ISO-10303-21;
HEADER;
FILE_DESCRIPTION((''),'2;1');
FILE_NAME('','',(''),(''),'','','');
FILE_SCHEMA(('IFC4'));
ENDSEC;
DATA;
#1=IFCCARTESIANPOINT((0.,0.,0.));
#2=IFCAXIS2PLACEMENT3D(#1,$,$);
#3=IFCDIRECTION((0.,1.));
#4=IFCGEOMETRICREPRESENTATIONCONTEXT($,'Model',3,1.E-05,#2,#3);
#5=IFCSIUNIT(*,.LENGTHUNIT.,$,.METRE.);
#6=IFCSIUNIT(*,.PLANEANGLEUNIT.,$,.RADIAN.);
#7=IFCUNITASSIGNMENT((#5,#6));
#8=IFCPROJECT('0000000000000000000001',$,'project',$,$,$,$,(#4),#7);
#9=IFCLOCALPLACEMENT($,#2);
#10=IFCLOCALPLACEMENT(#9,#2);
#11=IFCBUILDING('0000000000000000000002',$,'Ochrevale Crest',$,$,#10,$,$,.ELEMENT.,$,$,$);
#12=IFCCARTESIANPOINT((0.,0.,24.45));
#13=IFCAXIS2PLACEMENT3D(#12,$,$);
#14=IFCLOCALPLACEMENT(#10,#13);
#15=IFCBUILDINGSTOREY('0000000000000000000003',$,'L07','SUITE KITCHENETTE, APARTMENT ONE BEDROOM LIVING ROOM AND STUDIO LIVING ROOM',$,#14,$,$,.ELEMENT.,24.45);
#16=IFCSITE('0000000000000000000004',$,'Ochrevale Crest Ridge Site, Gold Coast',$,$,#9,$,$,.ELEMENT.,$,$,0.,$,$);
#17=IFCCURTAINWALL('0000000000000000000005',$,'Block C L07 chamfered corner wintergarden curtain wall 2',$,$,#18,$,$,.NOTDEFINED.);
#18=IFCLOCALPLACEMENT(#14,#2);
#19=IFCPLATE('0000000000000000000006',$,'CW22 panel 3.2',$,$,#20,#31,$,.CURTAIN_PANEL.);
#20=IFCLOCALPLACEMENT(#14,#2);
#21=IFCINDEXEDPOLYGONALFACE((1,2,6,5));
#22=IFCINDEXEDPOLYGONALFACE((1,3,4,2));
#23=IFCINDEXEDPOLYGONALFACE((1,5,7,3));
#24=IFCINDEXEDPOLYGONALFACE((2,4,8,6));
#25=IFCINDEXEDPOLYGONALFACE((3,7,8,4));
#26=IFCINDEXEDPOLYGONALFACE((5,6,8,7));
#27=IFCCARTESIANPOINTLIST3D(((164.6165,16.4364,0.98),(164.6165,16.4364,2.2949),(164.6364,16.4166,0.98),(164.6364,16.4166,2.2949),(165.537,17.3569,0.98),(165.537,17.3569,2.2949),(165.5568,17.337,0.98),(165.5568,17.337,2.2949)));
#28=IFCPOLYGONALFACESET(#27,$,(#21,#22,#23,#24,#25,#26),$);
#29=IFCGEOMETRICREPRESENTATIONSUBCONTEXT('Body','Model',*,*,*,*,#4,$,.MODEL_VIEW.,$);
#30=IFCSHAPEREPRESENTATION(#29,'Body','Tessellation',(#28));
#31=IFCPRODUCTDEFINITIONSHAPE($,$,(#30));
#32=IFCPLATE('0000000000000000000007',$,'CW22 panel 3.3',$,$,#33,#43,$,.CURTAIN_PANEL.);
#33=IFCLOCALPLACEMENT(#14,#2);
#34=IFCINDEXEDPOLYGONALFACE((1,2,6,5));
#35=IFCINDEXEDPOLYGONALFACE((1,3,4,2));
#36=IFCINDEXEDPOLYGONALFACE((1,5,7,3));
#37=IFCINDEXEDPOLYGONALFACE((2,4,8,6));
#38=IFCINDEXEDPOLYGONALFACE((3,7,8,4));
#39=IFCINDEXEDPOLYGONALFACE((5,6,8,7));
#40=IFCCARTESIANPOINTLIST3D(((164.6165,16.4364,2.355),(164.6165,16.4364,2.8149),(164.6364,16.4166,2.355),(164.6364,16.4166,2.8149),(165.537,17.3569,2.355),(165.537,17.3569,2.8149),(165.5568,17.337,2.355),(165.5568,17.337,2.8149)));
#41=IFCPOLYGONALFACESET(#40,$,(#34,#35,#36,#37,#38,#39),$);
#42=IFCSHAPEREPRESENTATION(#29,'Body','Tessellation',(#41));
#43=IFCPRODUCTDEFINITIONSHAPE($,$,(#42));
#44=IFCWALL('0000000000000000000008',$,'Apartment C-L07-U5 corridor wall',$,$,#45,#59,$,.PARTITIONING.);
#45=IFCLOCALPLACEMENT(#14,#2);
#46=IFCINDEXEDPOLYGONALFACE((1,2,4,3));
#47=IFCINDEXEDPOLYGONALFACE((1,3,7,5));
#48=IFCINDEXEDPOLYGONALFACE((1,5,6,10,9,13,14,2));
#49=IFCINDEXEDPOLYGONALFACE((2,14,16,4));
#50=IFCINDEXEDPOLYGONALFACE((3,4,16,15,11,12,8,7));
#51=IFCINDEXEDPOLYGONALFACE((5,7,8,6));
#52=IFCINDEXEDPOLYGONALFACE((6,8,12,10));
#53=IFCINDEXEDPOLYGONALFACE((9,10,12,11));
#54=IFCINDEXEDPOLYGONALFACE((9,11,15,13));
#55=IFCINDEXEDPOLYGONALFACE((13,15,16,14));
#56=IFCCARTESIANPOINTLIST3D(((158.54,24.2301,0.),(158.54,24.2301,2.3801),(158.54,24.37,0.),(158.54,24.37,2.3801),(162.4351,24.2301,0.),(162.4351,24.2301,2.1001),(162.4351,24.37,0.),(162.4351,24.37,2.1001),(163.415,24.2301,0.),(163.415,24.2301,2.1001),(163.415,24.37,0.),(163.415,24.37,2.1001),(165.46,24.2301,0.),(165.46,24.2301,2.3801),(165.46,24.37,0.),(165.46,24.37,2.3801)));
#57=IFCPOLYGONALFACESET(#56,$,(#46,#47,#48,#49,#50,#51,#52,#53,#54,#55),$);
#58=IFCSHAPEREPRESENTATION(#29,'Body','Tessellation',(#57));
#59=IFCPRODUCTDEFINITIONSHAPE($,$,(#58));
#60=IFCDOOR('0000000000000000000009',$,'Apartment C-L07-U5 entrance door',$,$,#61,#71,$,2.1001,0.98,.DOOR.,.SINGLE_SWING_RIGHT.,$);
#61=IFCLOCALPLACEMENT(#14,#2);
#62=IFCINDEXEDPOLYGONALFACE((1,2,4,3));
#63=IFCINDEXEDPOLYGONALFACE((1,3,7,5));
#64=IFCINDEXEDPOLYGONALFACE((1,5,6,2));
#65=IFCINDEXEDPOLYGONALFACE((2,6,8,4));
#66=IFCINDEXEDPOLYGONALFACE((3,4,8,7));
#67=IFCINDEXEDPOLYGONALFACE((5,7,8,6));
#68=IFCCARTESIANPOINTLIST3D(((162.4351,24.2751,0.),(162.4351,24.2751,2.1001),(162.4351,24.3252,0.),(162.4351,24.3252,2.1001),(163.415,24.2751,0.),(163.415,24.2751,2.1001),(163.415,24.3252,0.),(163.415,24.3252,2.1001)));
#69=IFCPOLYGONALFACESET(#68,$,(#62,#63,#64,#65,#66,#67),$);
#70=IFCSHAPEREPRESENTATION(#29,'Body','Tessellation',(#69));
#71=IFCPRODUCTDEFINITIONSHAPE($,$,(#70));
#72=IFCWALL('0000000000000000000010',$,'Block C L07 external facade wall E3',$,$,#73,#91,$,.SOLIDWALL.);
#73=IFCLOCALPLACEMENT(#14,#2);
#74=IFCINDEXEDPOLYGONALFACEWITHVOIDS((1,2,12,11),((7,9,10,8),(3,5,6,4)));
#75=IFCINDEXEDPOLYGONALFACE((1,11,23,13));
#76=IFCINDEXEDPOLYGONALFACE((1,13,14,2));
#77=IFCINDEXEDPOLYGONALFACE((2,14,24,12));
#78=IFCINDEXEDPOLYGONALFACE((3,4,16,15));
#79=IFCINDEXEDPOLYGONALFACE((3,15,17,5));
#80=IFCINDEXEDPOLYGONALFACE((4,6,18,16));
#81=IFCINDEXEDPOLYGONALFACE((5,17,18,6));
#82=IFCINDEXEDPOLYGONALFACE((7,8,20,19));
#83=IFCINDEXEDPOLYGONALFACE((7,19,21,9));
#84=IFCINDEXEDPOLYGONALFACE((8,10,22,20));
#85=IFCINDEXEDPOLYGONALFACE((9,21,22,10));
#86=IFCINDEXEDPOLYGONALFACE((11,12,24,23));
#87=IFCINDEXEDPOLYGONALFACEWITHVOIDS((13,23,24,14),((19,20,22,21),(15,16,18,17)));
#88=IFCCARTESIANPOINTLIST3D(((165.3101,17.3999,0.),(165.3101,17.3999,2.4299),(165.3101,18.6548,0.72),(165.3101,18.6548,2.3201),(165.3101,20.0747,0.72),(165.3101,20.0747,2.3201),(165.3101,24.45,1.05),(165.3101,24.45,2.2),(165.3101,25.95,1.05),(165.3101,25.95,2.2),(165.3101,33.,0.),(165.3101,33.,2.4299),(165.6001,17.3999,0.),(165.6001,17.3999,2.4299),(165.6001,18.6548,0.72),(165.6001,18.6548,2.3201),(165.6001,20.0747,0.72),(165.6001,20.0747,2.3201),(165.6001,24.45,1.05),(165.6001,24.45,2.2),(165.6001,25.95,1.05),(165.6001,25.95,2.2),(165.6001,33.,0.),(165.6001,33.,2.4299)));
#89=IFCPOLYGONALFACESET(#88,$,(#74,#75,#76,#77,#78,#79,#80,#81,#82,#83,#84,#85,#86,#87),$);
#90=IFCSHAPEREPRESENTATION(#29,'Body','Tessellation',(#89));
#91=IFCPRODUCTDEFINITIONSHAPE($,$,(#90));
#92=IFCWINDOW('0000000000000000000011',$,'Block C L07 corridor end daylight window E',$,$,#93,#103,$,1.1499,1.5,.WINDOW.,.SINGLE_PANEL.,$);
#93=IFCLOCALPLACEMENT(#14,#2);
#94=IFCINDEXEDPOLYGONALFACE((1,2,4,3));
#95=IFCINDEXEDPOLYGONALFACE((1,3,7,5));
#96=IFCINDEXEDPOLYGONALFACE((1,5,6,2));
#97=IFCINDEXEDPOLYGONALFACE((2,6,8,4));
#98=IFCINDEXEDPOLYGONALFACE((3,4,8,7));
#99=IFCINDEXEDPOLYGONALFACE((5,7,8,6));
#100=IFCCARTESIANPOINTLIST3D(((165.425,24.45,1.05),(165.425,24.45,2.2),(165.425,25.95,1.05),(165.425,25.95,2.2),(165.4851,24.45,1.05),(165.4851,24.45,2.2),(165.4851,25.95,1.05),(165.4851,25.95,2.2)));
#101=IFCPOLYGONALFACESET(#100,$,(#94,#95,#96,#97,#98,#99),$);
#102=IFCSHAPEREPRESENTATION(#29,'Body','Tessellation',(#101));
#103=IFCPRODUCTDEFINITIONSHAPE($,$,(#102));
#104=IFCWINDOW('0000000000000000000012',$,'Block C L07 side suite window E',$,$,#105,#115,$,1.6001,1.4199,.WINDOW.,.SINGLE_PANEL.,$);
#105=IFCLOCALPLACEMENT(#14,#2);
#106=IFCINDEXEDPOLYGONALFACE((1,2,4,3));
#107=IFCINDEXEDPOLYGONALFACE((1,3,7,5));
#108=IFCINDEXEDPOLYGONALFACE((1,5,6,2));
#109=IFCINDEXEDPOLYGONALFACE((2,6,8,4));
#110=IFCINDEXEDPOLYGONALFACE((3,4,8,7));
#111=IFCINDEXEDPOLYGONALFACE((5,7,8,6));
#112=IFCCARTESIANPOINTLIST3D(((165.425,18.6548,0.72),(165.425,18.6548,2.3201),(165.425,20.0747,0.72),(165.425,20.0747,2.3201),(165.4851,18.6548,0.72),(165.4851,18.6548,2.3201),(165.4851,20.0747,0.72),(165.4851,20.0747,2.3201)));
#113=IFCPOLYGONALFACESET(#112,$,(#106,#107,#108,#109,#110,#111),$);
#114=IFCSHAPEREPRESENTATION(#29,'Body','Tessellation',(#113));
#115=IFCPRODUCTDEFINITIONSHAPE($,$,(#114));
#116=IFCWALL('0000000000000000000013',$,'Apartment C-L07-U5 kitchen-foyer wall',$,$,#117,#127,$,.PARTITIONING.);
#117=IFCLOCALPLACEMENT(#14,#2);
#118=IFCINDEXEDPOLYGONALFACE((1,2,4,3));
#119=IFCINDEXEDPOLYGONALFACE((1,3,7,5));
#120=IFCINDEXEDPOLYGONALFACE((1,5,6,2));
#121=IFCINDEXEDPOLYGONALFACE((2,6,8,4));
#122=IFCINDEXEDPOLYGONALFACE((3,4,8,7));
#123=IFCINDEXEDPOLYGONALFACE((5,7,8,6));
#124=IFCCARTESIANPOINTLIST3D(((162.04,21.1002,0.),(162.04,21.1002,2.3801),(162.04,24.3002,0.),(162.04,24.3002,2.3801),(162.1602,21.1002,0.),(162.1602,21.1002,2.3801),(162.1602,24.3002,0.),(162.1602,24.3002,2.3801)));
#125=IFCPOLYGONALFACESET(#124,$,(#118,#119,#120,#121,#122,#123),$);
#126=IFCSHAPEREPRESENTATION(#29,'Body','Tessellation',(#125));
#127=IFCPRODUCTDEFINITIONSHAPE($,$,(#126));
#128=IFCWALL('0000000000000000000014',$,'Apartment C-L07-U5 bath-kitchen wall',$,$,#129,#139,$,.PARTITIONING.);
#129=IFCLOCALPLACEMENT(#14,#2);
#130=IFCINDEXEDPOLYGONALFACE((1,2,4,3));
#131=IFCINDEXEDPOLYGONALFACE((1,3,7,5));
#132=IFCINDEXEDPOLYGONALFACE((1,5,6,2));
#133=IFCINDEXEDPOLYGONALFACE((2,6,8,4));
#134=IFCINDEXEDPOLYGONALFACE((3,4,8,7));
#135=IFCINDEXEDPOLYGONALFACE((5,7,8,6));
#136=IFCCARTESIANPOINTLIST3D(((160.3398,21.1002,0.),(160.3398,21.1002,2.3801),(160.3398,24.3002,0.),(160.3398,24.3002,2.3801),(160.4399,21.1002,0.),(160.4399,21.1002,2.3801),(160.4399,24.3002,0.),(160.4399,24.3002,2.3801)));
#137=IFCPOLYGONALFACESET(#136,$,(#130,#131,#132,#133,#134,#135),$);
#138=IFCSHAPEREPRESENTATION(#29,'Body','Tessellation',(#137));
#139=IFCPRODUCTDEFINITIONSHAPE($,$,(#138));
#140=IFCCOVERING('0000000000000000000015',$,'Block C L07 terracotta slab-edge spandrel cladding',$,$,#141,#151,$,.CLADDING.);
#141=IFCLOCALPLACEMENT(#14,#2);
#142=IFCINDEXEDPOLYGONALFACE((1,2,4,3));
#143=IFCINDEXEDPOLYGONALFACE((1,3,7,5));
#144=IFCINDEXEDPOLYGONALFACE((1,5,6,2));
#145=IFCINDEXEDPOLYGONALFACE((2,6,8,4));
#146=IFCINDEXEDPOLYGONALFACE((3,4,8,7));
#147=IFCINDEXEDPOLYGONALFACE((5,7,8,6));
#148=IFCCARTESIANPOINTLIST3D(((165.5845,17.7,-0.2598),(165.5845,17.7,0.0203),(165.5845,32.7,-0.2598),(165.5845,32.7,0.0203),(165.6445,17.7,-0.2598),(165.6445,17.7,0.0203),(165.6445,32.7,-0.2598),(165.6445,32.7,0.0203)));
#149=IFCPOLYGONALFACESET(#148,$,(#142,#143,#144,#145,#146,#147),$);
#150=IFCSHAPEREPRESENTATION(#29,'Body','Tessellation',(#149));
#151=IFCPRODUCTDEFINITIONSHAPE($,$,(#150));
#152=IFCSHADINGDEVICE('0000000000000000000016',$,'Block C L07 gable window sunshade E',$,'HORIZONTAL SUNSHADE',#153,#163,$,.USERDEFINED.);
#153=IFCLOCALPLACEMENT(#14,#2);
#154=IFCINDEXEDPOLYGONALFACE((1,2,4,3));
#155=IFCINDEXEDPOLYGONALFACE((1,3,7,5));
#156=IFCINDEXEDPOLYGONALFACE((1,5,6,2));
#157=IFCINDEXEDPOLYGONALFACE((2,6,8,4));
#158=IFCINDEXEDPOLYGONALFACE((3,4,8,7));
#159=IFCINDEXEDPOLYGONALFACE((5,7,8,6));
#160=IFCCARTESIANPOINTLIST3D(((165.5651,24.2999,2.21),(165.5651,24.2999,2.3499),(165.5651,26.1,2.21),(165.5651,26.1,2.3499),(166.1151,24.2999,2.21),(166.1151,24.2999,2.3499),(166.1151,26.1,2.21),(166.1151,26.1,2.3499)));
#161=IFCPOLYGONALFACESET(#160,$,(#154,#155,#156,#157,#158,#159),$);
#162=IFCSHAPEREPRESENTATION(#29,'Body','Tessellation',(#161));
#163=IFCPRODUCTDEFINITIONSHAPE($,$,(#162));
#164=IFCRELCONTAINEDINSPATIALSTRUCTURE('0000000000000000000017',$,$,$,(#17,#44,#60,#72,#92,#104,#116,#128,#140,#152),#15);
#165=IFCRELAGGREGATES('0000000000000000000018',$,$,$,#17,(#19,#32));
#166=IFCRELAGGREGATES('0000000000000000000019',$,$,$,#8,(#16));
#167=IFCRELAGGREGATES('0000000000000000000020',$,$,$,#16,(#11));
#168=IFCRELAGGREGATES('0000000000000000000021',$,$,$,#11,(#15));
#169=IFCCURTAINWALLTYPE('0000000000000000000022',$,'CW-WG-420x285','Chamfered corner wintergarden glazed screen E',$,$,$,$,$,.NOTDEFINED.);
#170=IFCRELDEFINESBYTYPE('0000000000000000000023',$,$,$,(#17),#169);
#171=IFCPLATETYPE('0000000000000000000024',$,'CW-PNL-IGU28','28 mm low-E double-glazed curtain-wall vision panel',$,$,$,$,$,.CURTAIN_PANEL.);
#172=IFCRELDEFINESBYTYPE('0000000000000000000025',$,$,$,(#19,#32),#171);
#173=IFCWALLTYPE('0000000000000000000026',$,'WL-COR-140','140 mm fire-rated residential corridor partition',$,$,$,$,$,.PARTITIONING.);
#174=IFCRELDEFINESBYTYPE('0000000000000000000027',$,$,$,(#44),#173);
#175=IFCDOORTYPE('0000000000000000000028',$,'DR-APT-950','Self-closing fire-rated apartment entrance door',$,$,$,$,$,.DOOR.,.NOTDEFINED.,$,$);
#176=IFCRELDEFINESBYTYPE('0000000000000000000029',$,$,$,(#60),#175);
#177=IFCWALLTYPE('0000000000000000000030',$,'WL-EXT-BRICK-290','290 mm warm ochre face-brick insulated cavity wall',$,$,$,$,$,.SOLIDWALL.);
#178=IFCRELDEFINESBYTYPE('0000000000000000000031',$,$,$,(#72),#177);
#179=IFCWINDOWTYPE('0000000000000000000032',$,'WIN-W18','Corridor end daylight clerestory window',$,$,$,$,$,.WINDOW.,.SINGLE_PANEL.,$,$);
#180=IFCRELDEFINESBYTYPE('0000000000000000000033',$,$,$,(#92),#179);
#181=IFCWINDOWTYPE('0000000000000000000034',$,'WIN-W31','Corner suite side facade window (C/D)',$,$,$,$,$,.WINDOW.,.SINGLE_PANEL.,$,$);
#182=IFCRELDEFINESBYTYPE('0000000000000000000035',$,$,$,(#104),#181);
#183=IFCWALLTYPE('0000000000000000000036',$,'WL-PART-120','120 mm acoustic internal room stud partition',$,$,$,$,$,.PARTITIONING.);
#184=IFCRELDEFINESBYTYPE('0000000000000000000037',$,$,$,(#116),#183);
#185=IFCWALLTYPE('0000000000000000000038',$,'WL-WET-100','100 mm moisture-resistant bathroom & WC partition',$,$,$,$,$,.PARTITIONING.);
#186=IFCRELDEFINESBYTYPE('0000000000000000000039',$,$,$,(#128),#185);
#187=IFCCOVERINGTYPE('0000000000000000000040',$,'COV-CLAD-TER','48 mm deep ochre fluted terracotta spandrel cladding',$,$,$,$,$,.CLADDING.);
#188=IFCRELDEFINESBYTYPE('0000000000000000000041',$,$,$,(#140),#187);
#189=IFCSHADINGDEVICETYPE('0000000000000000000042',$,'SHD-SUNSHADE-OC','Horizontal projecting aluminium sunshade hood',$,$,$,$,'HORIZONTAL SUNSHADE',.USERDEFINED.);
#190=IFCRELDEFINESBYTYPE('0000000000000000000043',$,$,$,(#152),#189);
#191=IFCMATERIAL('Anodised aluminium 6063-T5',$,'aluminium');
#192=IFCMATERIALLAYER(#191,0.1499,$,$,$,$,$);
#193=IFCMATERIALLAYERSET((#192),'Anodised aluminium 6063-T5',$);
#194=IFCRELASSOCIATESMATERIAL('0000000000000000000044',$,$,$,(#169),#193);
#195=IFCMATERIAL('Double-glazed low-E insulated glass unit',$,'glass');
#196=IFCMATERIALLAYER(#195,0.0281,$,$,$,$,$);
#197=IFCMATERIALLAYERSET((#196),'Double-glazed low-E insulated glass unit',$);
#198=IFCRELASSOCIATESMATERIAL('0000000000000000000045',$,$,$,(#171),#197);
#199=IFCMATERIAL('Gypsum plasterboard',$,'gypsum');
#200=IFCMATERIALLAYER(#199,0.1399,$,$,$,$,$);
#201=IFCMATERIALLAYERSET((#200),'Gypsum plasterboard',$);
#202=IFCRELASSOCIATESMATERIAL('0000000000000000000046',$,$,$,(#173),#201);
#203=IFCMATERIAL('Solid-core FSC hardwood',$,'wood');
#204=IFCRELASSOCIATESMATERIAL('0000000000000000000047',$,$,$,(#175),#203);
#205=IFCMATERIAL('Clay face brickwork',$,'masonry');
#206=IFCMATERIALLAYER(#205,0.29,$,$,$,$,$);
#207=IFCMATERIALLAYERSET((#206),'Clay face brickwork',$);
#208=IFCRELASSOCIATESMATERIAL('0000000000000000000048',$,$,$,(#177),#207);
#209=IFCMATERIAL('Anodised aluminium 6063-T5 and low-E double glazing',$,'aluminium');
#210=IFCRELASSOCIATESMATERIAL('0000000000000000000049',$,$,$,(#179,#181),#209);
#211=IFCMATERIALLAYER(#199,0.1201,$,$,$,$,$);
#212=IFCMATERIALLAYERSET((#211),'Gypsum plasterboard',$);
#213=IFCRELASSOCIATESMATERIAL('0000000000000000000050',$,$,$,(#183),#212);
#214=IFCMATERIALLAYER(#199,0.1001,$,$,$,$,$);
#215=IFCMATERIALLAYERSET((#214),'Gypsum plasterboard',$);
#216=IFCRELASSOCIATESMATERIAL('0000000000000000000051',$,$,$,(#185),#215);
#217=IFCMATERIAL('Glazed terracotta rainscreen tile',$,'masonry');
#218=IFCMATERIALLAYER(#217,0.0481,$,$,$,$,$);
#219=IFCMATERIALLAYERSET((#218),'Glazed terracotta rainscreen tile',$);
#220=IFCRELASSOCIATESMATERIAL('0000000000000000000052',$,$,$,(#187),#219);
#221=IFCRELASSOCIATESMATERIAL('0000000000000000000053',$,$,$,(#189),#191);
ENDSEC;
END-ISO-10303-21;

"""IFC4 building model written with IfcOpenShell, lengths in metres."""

from ifc_helpers import new_model, si_unit, direction, frame, frame_2d, origin, origin_2d, place, context, subcontext, project, spatial, rectangle, extrude, material, layer, layer_set, type_object, element, fill, aggregate, save


model = new_model("IFC4")

# Units and contexts
model_context = context("Model", 3, precision=1e-05, world=origin(), true_north=direction((0.0, 1.0)))
body_context = subcontext(model_context, "Body", "Model", "MODEL_VIEW")
ifc_project = project(units=[si_unit("LENGTHUNIT", "METRE"), si_unit("PLANEANGLEUNIT", "RADIAN")], contexts=[model_context])

# Site, building, storey
site_placement = place(None, origin())
site = spatial("IfcSite", under=ifc_project, at=site_placement, Name="Ochrevale Crest Ridge Site, Gold Coast", CompositionType="ELEMENT", RefElevation=0.0)
building_placement = place(site_placement, origin())
building = spatial("IfcBuilding", under=site, at=building_placement, Name="Ochrevale Crest", CompositionType="ELEMENT")
storey_placement = place(building_placement, frame((0.0, 0.0, 24.45)))
storey = spatial("IfcBuildingStorey", under=building, at=storey_placement, Name="L07", Description="SUITE KITCHENETTE, APARTMENT ONE BEDROOM LIVING ROOM AND STUDIO LIVING ROOM", CompositionType="ELEMENT", Elevation=24.45)

# Curtain wall, plates
ifc_material_1 = material(Name="Anodised aluminium 6063-T5", Category="aluminium")
ifc_layer_1 = layer(ifc_material_1, 0.1499)
ifc_layer_set_1 = layer_set([ifc_layer_1], Name="Anodised aluminium 6063-T5")
curtain_wall_type = type_object("IfcCurtainWallType", Name="CW-WG-420x285", Description="Chamfered corner wintergarden glazed screen E", PredefinedType="NOTDEFINED", material=ifc_layer_set_1)
curtain_wall_placement = place(storey_placement, origin())
curtain_wall = element("IfcCurtainWall", 1, at=curtain_wall_placement, inside=storey, type_object=curtain_wall_type, Name="Block C L07 chamfered corner wintergarden curtain wall 2", PredefinedType="NOTDEFINED")
ifc_material_2 = material(Name="Double-glazed low-E insulated glass unit", Category="glass")
ifc_layer_2 = layer(ifc_material_2, 0.0281)
ifc_layer_set_2 = layer_set([ifc_layer_2], Name="Double-glazed low-E insulated glass unit")
plate_type = type_object("IfcPlateType", Name="CW-PNL-IGU28", Description="28 mm low-E double-glazed curtain-wall vision panel", PredefinedType="CURTAIN_PANEL", material=ifc_layer_set_2)
plate_1_placement = place(storey_placement, frame((165.0867, 16.8867, 0.98), z_axis=(0.0, 0.0, 1.0), x_axis=(0.707107, 0.707107, 0.0)))
plate_1 = element("IfcPlate", 2, at=plate_1_placement, type_object=plate_type, Name="CW22 panel 3.2", PredefinedType="CURTAIN_PANEL", context=body_context, shape_type="SweptSolid", body=[
    extrude(rectangle(XDim=1.3018, YDim=0.0281, at=origin_2d()), origin(), (0.0, 0.0, 1.0), 1.3149),
])
plate_2_placement = place(storey_placement, frame((165.0867, 16.8867, 2.355), z_axis=(0.0, 0.0, 1.0), x_axis=(0.707107, 0.707107, 0.0)))
plate_2 = element("IfcPlate", 3, at=plate_2_placement, type_object=plate_type, Name="CW22 panel 3.3", PredefinedType="CURTAIN_PANEL", context=body_context, shape_type="SweptSolid", body=[
    extrude(rectangle(XDim=1.3018, YDim=0.0281, at=origin_2d()), origin(), (0.0, 0.0, 1.0), 0.46),
])
aggregate(curtain_wall, [plate_1, plate_2])

# Wall, opening, door
ifc_material_3 = material(Name="Gypsum plasterboard", Category="gypsum")
ifc_layer_3 = layer(ifc_material_3, 0.1399)
ifc_layer_set_3 = layer_set([ifc_layer_3], Name="Gypsum plasterboard")
wall_type_1 = type_object("IfcWallType", Name="WL-COR-140", Description="140 mm fire-rated residential corridor partition", PredefinedType="PARTITIONING", material=ifc_layer_set_3)
wall_1_placement = place(storey_placement, frame((158.54, 24.3, 0.0), z_axis=(0.0, 0.0, 1.0), x_axis=(1.0, 0.0, 0.0)))
wall_1 = element("IfcWall", 4, at=wall_1_placement, inside=storey, type_object=wall_type_1, Name="Apartment C-L07-U5 corridor wall", PredefinedType="PARTITIONING", context=body_context, shape_type="SweptSolid", body=[
    extrude(rectangle(XDim=6.9199, YDim=0.1399, at=frame_2d((3.46, 0.0))), origin(), (0.0, 0.0, 1.0), 2.3801),
])
opening_1_placement = place(wall_1_placement, frame((4.875, 0.0, 0.0), z_axis=(0.0, 0.0, 1.0), x_axis=(-1.0, 0.0, 0.0)))
opening_1 = element("IfcOpeningElement", 5, at=opening_1_placement, cuts=wall_1, PredefinedType="OPENING", context=body_context, shape_type="SweptSolid", body=[
    extrude(rectangle(XDim=0.98, YDim=2.1001, at=frame_2d((0.49, 1.05))), frame((0.0, 0.0801, 0.0), z_axis=(0.0, -1.0, 0.0), x_axis=(1.0, 0.0, 0.0)), (0.0, 0.0, 1.0), 0.1599),
])
ifc_material_4 = material(Name="Solid-core FSC hardwood", Category="wood")
door_type = type_object("IfcDoorType", Name="DR-APT-950", Description="Self-closing fire-rated apartment entrance door", OperationType="NOTDEFINED", PredefinedType="DOOR", material=ifc_material_4)
door_placement = place(opening_1_placement, origin())
door = element("IfcDoor", 6, at=door_placement, inside=storey, type_object=door_type, Name="Apartment C-L07-U5 entrance door", OperationType="SINGLE_SWING_RIGHT", OverallHeight=2.1001, OverallWidth=0.98, PredefinedType="DOOR", context=body_context, shape_type="SweptSolid", body=[
    extrude(rectangle(XDim=0.98, YDim=2.1001, at=frame_2d((0.49, 1.05))), frame((0.0, 0.0249, 0.0), z_axis=(0.0, -1.0, 0.0), x_axis=(1.0, 0.0, 0.0)), (0.0, 0.0, 1.0), 0.05),
])
fill(opening_1, door)

# Wall, openings, windows
ifc_material_5 = material(Name="Clay face brickwork", Category="masonry")
ifc_layer_4 = layer(ifc_material_5, 0.29)
ifc_layer_set_4 = layer_set([ifc_layer_4], Name="Clay face brickwork")
wall_type_2 = type_object("IfcWallType", Name="WL-EXT-BRICK-290", Description="290 mm warm ochre face-brick insulated cavity wall", PredefinedType="SOLIDWALL", material=ifc_layer_set_4)
wall_2_placement = place(storey_placement, frame((165.4551, 17.3999, 0.0), z_axis=(0.0, 0.0, 1.0), x_axis=(0.0, 1.0, 0.0)))
wall_2 = element("IfcWall", 7, at=wall_2_placement, inside=storey, type_object=wall_type_2, Name="Block C L07 external facade wall E3", PredefinedType="SOLIDWALL", context=body_context, shape_type="SweptSolid", body=[
    extrude(rectangle(XDim=15.6001, YDim=0.29, at=frame_2d((7.8, 0.0))), origin(), (0.0, 0.0, 1.0), 2.4299),
])
opening_2_placement = place(wall_2_placement, frame((7.05, 0.0, 1.05)))
opening_2 = element("IfcOpeningElement", 8, at=opening_2_placement, cuts=wall_2, PredefinedType="OPENING", context=body_context, shape_type="SweptSolid", body=[
    extrude(rectangle(XDim=1.5, YDim=1.1499, at=frame_2d((0.75, 0.575))), frame((0.0, 0.155, 0.0), z_axis=(0.0, -1.0, 0.0), x_axis=(1.0, 0.0, 0.0)), (0.0, 0.0, 1.0), 0.3101),
])
opening_3_placement = place(wall_2_placement, frame((1.2549, 0.0, 0.72)))
opening_3 = element("IfcOpeningElement", 9, at=opening_3_placement, cuts=wall_2, PredefinedType="OPENING", context=body_context, shape_type="SweptSolid", body=[
    extrude(rectangle(XDim=1.4199, YDim=1.6001, at=frame_2d((0.71, 0.8))), frame((0.0, 0.155, 0.0), z_axis=(0.0, -1.0, 0.0), x_axis=(1.0, 0.0, 0.0)), (0.0, 0.0, 1.0), 0.3101),
])
ifc_material_6 = material(Name="Anodised aluminium 6063-T5 and low-E double glazing", Category="aluminium")
window_type_1 = type_object("IfcWindowType", Name="WIN-W18", Description="Corridor end daylight clerestory window", PartitioningType="SINGLE_PANEL", PredefinedType="WINDOW", material=ifc_material_6)
window_1_placement = place(opening_2_placement, origin())
window_1 = element("IfcWindow", 10, at=window_1_placement, inside=storey, type_object=window_type_1, Name="Block C L07 corridor end daylight window E", OverallHeight=1.1499, OverallWidth=1.5, PartitioningType="SINGLE_PANEL", PredefinedType="WINDOW", context=body_context, shape_type="SweptSolid", body=[
    extrude(rectangle(XDim=1.5, YDim=1.1499, at=frame_2d((0.75, 0.575))), frame((0.0, 0.03, 0.0), z_axis=(0.0, -1.0, 0.0), x_axis=(1.0, 0.0, 0.0)), (0.0, 0.0, 1.0), 0.0601),
])
fill(opening_2, window_1)
window_type_2 = type_object("IfcWindowType", Name="WIN-W31", Description="Corner suite side facade window (C/D)", PartitioningType="SINGLE_PANEL", PredefinedType="WINDOW", material=ifc_material_6)
window_2_placement = place(opening_3_placement, origin())
window_2 = element("IfcWindow", 11, at=window_2_placement, inside=storey, type_object=window_type_2, Name="Block C L07 side suite window E", OverallHeight=1.6001, OverallWidth=1.4199, PartitioningType="SINGLE_PANEL", PredefinedType="WINDOW", context=body_context, shape_type="SweptSolid", body=[
    extrude(rectangle(XDim=1.4199, YDim=1.6001, at=frame_2d((0.71, 0.8))), frame((0.0, 0.03, 0.0), z_axis=(0.0, -1.0, 0.0), x_axis=(1.0, 0.0, 0.0)), (0.0, 0.0, 1.0), 0.0601),
])
fill(opening_3, window_2)

# Walls
ifc_layer_5 = layer(ifc_material_3, 0.1201)
ifc_layer_set_5 = layer_set([ifc_layer_5], Name="Gypsum plasterboard")
wall_type_3 = type_object("IfcWallType", Name="WL-PART-120", Description="120 mm acoustic internal room stud partition", PredefinedType="PARTITIONING", material=ifc_layer_set_5)
wall_3_placement = place(storey_placement, frame((162.1001, 21.1001, 0.0), z_axis=(0.0, 0.0, 1.0), x_axis=(0.0, 1.0, 0.0)))
element("IfcWall", 12, at=wall_3_placement, inside=storey, type_object=wall_type_3, Name="Apartment C-L07-U5 kitchen-foyer wall", PredefinedType="PARTITIONING", context=body_context, shape_type="SweptSolid", body=[
    extrude(rectangle(XDim=3.2, YDim=0.1201, at=frame_2d((1.6001, 0.0))), origin(), (0.0, 0.0, 1.0), 2.3801),
])
ifc_layer_6 = layer(ifc_material_3, 0.1001)
ifc_layer_set_6 = layer_set([ifc_layer_6], Name="Gypsum plasterboard")
wall_type_4 = type_object("IfcWallType", Name="WL-WET-100", Description="100 mm moisture-resistant bathroom & WC partition", PredefinedType="PARTITIONING", material=ifc_layer_set_6)
wall_4_placement = place(storey_placement, frame((160.3899, 21.1001, 0.0), z_axis=(0.0, 0.0, 1.0), x_axis=(0.0, 1.0, 0.0)))
element("IfcWall", 13, at=wall_4_placement, inside=storey, type_object=wall_type_4, Name="Apartment C-L07-U5 bath-kitchen wall", PredefinedType="PARTITIONING", context=body_context, shape_type="SweptSolid", body=[
    extrude(rectangle(XDim=3.2, YDim=0.1001, at=frame_2d((1.6001, 0.0))), origin(), (0.0, 0.0, 1.0), 2.3801),
])

# Covering
ifc_material_7 = material(Name="Glazed terracotta rainscreen tile", Category="masonry")
ifc_layer_7 = layer(ifc_material_7, 0.0481)
ifc_layer_set_7 = layer_set([ifc_layer_7], Name="Glazed terracotta rainscreen tile")
covering_type = type_object("IfcCoveringType", Name="COV-CLAD-TER", Description="48 mm deep ochre fluted terracotta spandrel cladding", PredefinedType="CLADDING", material=ifc_layer_set_7)
covering_placement = place(storey_placement, frame((165.6145, 25.2, -0.2598), z_axis=(0.0, 0.0, 1.0), x_axis=(0.0, 1.0, 0.0)))
element("IfcCovering", 14, at=covering_placement, inside=storey, type_object=covering_type, Name="Block C L07 terracotta slab-edge spandrel cladding", PredefinedType="CLADDING", context=body_context, shape_type="SweptSolid", body=[
    extrude(rectangle(XDim=15.0, YDim=0.0601, at=origin_2d()), origin(), (0.0, 0.0, 1.0), 0.28),
])

# Shading device
shading_device_type = type_object("IfcShadingDeviceType", Name="SHD-SUNSHADE-OC", Description="Horizontal projecting aluminium sunshade hood", ElementType="HORIZONTAL SUNSHADE", PredefinedType="USERDEFINED", material=ifc_material_1)
shading_device_placement = place(storey_placement, frame((165.8401, 25.2, 2.21), z_axis=(0.0, 0.0, 1.0), x_axis=(1.0, 0.0, 0.0)))
element("IfcShadingDevice", 15, at=shading_device_placement, inside=storey, type_object=shading_device_type, Name="Block C L07 gable window sunshade E", ObjectType="HORIZONTAL SUNSHADE", PredefinedType="USERDEFINED", context=body_context, shape_type="SweptSolid", body=[
    extrude(rectangle(XDim=0.55, YDim=1.8, at=origin_2d()), origin(), (0.0, 0.0, 1.0), 0.1399),
])

save(model, "model.ifc")
